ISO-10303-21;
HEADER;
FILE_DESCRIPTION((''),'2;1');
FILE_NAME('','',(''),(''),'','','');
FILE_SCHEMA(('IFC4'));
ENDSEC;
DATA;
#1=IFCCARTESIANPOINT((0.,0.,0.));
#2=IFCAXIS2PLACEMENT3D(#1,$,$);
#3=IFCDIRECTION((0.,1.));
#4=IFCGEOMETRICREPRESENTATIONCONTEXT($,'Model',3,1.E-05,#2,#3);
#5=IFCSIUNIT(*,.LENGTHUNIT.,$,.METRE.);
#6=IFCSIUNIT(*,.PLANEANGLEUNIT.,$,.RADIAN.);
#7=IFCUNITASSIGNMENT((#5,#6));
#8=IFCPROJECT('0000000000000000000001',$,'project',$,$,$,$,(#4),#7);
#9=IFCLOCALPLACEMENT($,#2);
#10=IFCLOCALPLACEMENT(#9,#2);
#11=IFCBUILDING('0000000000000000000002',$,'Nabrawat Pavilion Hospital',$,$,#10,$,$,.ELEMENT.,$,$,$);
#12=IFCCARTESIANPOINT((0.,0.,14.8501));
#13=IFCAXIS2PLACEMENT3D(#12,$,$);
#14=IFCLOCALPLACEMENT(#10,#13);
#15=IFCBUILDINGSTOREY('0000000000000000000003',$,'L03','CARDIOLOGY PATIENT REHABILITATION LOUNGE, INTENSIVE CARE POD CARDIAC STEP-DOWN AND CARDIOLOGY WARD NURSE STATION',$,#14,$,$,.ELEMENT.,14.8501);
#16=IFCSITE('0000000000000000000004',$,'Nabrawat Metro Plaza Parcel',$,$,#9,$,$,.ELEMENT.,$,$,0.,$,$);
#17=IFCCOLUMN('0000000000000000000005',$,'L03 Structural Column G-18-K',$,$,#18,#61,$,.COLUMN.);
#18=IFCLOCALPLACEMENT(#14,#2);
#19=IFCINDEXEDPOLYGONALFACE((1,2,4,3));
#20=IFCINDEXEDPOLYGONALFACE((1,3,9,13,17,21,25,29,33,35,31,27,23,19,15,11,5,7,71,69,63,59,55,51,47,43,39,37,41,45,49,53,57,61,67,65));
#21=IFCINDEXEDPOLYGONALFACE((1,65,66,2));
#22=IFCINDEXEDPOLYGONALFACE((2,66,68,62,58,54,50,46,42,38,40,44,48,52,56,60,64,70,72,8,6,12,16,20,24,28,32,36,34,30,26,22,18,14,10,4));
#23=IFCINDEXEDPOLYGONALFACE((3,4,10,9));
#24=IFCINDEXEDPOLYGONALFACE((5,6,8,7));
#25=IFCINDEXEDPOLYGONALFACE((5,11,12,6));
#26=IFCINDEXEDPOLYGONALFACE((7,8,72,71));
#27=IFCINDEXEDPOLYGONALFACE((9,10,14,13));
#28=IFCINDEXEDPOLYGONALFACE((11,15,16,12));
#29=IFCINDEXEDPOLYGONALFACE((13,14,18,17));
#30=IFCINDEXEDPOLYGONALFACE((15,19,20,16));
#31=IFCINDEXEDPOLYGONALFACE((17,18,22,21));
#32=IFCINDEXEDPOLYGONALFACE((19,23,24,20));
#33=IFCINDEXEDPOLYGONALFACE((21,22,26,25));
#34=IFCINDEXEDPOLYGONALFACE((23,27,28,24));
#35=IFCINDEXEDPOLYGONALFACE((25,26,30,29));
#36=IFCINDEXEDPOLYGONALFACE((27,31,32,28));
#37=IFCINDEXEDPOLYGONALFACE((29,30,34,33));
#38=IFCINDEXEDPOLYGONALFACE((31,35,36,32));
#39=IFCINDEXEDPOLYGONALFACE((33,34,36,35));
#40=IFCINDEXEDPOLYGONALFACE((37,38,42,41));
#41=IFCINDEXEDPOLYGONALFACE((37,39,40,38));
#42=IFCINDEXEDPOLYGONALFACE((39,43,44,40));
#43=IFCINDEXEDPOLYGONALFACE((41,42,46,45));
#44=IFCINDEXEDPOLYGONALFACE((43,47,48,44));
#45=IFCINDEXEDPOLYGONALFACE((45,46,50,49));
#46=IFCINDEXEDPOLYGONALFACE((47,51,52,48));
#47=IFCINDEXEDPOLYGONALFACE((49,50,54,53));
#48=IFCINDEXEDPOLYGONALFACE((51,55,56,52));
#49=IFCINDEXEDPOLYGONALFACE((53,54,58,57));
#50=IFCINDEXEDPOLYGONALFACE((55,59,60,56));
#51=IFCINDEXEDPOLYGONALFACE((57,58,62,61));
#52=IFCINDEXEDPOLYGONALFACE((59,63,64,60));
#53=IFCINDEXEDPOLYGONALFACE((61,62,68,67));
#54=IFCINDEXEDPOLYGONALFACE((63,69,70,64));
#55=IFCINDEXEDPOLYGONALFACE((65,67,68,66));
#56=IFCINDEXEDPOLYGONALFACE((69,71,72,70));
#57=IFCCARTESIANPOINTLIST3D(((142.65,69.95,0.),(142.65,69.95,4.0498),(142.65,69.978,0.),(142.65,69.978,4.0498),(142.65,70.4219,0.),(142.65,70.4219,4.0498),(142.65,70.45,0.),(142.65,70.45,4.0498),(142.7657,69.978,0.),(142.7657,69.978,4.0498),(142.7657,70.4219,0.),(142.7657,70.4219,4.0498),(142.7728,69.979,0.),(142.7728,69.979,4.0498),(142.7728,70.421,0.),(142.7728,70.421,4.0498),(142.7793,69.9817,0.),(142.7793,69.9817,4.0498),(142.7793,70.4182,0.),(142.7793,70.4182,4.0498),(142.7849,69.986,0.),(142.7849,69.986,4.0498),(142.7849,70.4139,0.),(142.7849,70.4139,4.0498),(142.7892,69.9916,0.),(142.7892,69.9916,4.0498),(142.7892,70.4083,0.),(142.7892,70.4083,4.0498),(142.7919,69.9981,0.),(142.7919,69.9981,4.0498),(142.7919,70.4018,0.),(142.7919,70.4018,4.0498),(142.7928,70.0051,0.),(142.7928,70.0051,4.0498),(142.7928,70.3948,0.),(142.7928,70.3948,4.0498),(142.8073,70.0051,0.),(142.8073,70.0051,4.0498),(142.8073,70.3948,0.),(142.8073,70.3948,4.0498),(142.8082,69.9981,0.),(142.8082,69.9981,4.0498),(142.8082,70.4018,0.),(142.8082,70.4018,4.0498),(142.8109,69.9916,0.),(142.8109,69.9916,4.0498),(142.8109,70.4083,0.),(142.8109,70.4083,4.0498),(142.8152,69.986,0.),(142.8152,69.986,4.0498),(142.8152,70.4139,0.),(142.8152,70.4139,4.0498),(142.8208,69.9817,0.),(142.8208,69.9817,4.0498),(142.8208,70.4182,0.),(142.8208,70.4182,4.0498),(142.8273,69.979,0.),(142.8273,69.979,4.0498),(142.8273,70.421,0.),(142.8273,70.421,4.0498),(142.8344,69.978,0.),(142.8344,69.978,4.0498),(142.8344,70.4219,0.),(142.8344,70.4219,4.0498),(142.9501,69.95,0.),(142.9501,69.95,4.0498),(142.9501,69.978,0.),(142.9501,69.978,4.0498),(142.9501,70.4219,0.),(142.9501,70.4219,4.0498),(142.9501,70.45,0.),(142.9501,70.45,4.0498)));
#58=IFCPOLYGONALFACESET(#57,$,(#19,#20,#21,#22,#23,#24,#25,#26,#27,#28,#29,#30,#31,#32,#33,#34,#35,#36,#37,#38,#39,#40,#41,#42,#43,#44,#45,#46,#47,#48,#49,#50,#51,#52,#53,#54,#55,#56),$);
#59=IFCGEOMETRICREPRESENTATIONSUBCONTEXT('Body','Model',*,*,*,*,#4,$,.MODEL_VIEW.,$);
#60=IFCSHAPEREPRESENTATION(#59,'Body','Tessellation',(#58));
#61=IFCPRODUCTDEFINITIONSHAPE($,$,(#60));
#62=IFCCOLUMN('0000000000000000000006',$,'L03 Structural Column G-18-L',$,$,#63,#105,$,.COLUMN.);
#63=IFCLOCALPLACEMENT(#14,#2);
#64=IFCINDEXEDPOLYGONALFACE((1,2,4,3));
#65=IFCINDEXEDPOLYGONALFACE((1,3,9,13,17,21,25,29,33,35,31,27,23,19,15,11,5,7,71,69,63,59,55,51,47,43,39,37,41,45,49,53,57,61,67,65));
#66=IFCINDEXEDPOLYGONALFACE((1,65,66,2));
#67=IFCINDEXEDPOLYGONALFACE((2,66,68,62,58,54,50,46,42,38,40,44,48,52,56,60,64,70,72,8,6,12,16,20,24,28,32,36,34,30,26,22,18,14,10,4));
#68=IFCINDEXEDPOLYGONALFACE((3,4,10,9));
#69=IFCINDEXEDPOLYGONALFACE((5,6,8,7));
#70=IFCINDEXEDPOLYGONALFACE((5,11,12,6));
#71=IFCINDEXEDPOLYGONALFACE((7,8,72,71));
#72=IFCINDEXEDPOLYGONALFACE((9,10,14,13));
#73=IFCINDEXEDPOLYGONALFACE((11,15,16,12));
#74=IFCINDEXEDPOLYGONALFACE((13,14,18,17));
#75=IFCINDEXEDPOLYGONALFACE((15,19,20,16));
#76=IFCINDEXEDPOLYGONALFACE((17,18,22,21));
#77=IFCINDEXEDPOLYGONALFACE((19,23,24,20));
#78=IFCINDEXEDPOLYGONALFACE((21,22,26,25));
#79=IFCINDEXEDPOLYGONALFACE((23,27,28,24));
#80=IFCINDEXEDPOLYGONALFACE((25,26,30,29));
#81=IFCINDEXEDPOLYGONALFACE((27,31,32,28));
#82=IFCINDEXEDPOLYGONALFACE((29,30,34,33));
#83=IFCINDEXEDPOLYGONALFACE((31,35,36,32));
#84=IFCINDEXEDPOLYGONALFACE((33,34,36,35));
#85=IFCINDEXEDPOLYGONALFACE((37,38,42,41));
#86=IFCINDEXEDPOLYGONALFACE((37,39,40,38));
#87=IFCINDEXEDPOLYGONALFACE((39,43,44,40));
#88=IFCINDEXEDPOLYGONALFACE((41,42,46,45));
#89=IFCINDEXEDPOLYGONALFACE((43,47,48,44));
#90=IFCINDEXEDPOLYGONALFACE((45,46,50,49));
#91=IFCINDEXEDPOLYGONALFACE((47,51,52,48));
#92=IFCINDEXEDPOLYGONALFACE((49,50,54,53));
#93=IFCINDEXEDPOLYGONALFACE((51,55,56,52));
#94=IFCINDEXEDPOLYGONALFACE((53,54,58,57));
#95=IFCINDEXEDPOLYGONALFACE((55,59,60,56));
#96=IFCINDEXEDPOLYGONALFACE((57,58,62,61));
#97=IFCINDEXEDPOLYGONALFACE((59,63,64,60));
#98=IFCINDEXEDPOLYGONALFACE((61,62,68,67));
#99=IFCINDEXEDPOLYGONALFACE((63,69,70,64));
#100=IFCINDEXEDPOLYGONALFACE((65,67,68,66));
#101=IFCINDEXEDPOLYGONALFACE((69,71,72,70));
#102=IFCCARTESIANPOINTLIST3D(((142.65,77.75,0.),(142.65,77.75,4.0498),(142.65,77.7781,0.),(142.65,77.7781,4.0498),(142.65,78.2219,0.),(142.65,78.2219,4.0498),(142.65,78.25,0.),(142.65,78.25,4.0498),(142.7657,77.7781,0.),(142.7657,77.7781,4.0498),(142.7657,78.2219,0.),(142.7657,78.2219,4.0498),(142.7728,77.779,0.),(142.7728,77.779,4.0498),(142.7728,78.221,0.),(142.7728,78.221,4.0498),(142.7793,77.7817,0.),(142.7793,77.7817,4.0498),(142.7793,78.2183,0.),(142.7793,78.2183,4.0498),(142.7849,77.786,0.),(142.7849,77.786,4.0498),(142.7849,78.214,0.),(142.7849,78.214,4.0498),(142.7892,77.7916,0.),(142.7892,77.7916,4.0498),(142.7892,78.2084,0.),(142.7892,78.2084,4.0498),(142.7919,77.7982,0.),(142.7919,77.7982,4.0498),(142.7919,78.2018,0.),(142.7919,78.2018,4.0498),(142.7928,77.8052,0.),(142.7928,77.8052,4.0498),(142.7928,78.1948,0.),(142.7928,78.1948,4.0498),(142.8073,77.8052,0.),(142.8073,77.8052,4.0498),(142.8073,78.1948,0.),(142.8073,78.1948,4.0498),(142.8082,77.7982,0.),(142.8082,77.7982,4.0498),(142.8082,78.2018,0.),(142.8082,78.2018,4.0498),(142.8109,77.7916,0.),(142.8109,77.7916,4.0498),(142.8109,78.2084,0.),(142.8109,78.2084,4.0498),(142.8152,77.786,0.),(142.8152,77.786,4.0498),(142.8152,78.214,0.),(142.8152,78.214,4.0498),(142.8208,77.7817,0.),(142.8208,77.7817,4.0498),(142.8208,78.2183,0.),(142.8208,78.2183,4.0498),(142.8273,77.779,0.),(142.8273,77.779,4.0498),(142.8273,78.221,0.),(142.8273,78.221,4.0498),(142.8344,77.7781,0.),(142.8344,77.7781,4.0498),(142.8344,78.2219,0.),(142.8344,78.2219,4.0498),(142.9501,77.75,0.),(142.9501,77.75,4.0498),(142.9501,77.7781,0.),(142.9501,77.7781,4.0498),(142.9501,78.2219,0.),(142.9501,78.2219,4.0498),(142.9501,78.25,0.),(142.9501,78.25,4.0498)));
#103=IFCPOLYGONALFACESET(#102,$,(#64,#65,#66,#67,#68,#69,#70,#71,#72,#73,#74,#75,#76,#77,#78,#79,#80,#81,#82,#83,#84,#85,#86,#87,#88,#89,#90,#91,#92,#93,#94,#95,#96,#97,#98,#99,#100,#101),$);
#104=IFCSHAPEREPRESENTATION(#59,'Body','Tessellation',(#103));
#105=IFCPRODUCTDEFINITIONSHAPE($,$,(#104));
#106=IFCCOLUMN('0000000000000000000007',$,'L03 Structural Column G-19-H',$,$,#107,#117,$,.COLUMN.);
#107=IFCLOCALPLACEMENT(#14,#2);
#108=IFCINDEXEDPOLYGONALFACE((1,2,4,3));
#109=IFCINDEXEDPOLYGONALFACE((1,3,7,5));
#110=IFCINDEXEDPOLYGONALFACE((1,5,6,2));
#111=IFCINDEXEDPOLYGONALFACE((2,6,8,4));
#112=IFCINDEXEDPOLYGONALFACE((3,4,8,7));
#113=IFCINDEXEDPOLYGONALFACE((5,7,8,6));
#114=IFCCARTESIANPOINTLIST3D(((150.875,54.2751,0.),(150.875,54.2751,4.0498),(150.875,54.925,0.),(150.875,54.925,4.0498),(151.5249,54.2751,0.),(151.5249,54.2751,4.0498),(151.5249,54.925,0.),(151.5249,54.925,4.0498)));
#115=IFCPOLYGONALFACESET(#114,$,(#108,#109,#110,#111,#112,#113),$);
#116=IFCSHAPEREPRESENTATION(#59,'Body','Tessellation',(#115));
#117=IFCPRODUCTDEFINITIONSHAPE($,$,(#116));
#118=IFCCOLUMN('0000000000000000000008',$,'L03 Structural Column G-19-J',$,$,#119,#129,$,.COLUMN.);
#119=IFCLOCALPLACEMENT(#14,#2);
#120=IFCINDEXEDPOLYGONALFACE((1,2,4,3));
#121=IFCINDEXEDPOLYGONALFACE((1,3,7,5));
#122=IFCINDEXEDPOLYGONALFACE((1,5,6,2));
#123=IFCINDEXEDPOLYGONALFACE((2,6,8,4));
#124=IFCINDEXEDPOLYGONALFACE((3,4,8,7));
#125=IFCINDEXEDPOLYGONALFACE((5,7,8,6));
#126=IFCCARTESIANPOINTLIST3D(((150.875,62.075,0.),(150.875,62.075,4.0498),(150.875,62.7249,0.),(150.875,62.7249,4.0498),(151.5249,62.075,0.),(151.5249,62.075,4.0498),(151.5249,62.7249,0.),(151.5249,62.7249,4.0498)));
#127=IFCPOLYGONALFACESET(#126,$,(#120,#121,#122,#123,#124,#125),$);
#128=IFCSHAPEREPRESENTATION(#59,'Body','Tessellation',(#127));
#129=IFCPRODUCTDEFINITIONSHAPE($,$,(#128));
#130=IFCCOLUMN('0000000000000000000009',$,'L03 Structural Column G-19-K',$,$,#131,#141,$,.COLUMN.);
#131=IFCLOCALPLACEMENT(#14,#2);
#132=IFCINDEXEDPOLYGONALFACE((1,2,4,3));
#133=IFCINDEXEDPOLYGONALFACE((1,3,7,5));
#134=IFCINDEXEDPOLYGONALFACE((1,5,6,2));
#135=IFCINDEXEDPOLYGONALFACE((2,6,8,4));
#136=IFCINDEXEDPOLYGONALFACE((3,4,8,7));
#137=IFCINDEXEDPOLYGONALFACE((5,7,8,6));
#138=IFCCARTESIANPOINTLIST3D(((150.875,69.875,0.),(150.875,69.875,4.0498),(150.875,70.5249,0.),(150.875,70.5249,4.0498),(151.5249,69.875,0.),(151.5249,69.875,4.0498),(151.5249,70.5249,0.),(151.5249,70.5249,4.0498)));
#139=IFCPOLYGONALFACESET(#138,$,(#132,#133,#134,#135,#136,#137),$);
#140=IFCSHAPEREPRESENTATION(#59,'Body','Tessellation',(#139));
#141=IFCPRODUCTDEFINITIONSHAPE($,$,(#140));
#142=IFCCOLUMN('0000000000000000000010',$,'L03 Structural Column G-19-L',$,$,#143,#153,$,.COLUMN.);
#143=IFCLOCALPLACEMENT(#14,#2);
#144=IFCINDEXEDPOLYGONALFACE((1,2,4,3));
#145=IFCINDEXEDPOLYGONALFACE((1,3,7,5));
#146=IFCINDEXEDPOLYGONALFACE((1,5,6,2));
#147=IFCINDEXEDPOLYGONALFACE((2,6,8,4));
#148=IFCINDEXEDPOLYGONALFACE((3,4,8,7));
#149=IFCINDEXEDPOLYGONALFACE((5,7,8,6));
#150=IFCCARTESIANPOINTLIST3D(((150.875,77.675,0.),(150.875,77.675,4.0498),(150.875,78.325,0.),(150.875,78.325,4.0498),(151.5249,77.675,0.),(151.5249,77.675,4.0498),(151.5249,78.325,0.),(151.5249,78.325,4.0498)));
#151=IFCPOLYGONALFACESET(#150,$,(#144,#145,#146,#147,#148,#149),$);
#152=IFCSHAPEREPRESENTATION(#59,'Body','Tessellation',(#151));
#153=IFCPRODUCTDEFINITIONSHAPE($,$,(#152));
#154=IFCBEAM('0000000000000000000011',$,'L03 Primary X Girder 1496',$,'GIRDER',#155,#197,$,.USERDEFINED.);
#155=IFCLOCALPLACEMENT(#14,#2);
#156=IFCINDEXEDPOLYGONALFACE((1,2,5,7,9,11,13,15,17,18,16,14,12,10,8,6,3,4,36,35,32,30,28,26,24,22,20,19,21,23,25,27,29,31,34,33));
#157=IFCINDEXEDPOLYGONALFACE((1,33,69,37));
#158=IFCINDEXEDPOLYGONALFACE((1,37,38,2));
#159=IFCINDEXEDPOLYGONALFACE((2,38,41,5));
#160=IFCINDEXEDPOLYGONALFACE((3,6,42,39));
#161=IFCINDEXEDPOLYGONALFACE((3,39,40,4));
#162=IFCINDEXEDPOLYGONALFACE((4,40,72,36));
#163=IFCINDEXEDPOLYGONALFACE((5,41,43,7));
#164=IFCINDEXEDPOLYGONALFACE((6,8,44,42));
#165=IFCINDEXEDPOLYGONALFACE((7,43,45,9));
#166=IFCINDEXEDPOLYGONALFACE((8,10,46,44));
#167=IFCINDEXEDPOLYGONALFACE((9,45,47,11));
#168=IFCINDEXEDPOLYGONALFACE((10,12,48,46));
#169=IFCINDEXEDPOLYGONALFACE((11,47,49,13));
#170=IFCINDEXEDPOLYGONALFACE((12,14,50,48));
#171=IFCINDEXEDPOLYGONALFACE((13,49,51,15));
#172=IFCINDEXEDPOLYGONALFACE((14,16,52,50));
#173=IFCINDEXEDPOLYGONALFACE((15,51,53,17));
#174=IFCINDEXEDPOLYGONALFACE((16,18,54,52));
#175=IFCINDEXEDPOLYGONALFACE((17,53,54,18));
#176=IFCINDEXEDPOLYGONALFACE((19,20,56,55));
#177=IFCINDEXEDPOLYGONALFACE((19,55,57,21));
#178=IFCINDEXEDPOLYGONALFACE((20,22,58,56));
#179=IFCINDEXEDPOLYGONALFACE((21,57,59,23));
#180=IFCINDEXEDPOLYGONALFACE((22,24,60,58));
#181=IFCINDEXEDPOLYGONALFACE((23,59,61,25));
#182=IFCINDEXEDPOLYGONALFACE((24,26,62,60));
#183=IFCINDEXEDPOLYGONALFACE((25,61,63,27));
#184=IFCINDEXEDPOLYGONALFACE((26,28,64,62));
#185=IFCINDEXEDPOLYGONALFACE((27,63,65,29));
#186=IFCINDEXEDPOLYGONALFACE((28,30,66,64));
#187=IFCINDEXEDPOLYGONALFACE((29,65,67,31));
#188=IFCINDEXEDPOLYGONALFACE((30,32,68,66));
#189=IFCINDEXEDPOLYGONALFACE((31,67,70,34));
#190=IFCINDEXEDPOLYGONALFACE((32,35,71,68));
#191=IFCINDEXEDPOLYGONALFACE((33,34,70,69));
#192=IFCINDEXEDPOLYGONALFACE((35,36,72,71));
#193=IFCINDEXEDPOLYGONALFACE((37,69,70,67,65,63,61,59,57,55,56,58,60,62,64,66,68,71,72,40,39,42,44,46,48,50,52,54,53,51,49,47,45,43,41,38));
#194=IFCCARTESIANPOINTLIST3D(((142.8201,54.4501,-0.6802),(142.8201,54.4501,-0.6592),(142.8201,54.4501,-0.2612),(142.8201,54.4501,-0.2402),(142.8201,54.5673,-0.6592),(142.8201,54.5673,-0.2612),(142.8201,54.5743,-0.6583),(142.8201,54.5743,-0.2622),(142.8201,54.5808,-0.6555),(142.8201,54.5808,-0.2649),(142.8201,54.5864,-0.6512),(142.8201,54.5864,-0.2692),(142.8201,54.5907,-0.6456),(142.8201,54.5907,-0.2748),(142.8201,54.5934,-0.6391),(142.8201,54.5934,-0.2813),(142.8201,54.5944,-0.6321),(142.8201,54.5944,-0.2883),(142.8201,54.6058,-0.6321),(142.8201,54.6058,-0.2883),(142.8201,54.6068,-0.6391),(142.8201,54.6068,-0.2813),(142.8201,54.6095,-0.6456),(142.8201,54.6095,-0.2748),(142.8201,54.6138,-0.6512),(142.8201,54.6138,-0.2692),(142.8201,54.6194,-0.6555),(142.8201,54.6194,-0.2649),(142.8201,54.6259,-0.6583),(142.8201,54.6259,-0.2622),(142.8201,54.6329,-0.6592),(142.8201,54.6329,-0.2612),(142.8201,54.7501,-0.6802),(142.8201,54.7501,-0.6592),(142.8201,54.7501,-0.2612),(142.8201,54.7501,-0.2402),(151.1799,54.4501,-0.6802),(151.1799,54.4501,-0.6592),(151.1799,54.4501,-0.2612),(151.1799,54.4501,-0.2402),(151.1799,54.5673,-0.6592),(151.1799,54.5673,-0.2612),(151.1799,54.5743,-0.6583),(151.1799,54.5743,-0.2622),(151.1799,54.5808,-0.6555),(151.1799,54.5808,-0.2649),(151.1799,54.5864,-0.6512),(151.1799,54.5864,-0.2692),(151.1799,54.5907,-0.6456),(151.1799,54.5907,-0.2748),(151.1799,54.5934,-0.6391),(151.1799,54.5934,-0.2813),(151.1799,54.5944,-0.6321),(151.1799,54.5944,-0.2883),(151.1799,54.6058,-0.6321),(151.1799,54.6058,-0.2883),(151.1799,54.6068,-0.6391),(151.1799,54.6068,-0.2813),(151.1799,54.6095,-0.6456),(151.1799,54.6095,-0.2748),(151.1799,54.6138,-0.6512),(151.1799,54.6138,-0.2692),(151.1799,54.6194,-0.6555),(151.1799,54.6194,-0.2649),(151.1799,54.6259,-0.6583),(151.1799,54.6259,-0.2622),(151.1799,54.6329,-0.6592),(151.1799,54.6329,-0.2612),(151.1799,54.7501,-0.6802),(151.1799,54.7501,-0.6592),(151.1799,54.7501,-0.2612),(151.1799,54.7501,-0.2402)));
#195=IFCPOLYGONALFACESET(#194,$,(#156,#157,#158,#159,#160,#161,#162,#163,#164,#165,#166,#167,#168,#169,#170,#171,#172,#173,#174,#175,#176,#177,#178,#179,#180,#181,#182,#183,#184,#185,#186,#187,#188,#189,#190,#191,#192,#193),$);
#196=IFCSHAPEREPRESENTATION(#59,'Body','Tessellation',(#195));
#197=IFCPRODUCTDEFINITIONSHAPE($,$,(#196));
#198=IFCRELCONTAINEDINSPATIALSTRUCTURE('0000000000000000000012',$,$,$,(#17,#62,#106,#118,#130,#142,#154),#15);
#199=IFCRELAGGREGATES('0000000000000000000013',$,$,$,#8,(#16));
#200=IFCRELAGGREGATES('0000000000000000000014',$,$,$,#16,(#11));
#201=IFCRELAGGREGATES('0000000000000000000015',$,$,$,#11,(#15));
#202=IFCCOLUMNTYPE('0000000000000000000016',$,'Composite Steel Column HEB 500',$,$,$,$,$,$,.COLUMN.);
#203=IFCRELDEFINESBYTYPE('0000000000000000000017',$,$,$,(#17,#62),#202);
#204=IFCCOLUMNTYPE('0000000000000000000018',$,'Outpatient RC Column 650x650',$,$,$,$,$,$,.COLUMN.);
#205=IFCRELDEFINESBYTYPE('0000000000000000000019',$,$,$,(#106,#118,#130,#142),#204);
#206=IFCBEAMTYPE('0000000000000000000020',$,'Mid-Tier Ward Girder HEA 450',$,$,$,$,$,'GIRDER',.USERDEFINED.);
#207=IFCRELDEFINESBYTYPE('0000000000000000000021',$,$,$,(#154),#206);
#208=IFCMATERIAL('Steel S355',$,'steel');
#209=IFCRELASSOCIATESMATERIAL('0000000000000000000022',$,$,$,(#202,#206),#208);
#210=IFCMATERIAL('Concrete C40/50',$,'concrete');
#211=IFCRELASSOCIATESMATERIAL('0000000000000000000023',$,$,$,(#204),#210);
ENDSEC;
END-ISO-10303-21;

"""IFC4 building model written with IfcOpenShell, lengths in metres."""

from ifc_helpers import new_model, si_unit, direction, frame, origin, origin_2d, place, context, subcontext, project, spatial, rectangle, i_section, extrude, material, material_profile, profile_set, type_object, element, save


model = new_model("IFC4")

# Units and contexts
model_context = context("Model", 3, precision=1e-05, world=origin(), true_north=direction((0.0, 1.0)))
body_context = subcontext(model_context, "Body", "Model", "MODEL_VIEW")
ifc_project = project(units=[si_unit("LENGTHUNIT", "METRE"), si_unit("PLANEANGLEUNIT", "RADIAN")], contexts=[model_context])

# Site, building, storey
site_placement = place(None, origin())
site = spatial("IfcSite", under=ifc_project, at=site_placement, Name="Nabrawat Metro Plaza Parcel", CompositionType="ELEMENT", RefElevation=0.0)
building_placement = place(site_placement, origin())
building = spatial("IfcBuilding", under=site, at=building_placement, Name="Nabrawat Pavilion Hospital", CompositionType="ELEMENT")
storey_placement = place(building_placement, frame((0.0, 0.0, 14.8501)))
storey = spatial("IfcBuildingStorey", under=building, at=storey_placement, Name="L03", Description="CARDIOLOGY PATIENT REHABILITATION LOUNGE, INTENSIVE CARE POD CARDIAC STEP-DOWN AND CARDIOLOGY WARD NURSE STATION", CompositionType="ELEMENT", Elevation=14.8501)

# Columns
ifc_material_1 = material(Name="Steel S355", Category="steel")
ifc_material_profile_1 = material_profile(ifc_material_1, i_section(OverallWidth=0.3, OverallDepth=0.5, WebThickness=0.0144, FlangeThickness=0.0281, FilletRadius=0.0271, at=origin_2d()), Name="HEB 500")
ifc_profile_set_1 = profile_set([ifc_material_profile_1], Name="Steel S355")
column_type_1 = type_object("IfcColumnType", Name="Composite Steel Column HEB 500", PredefinedType="COLUMN", material=ifc_profile_set_1)
for number, where, z_axis, x_axis, name in (
    (1, (142.8, 70.2, 0.0), (0.0, 0.0, 1.0), (1.0, 0.0, 0.0), "L03 Structural Column G-18-K"),
    (2, (142.8, 78.0, 0.0), (0.0, 0.0, 1.0), (1.0, 0.0, 0.0), "L03 Structural Column G-18-L"),
):
    element("IfcColumn", number, at=place(storey_placement, frame(where, z_axis=z_axis, x_axis=x_axis)), inside=storey, type_object=column_type_1, Name=name, PredefinedType="COLUMN", context=body_context, shape_type="SweptSolid", body=[
        extrude(i_section(OverallWidth=0.3, OverallDepth=0.5, WebThickness=0.0144, FlangeThickness=0.0281, FilletRadius=0.0271, at=origin_2d()), origin(), (0.0, 0.0, 1.0), 4.0498),
    ])
ifc_material_2 = material(Name="Concrete C40/50", Category="concrete")
ifc_material_profile_2 = material_profile(ifc_material_2, rectangle(XDim=0.6499, YDim=0.6499, at=origin_2d()), Name="RC 650x650")
ifc_profile_set_2 = profile_set([ifc_material_profile_2], Name="Concrete C40/50")
column_type_2 = type_object("IfcColumnType", Name="Outpatient RC Column 650x650", PredefinedType="COLUMN", material=ifc_profile_set_2)
for number, where, z_axis, x_axis, name in (
    (3, (151.2, 54.6001, 0.0), (0.0, 0.0, 1.0), (1.0, 0.0, 0.0), "L03 Structural Column G-19-H"),
    (4, (151.2, 62.3999, 0.0), (0.0, 0.0, 1.0), (1.0, 0.0, 0.0), "L03 Structural Column G-19-J"),
    (5, (151.2, 70.2, 0.0), (0.0, 0.0, 1.0), (1.0, 0.0, 0.0), "L03 Structural Column G-19-K"),
    (6, (151.2, 78.0, 0.0), (0.0, 0.0, 1.0), (1.0, 0.0, 0.0), "L03 Structural Column G-19-L"),
):
    element("IfcColumn", number, at=place(storey_placement, frame(where, z_axis=z_axis, x_axis=x_axis)), inside=storey, type_object=column_type_2, Name=name, PredefinedType="COLUMN", context=body_context, shape_type="SweptSolid", body=[
        extrude(rectangle(XDim=0.6499, YDim=0.6499, at=origin_2d()), origin(), (0.0, 0.0, 1.0), 4.0498),
    ])

# Beam
ifc_material_profile_3 = material_profile(ifc_material_1, i_section(OverallWidth=0.3, OverallDepth=0.4399, WebThickness=0.0115, FlangeThickness=0.021, FilletRadius=0.0271, at=origin_2d()), Name="HEA 450")
ifc_profile_set_3 = profile_set([ifc_material_profile_3], Name="Steel S355")
beam_type_1 = type_object("IfcBeamType", Name="Mid-Tier Ward Girder HEA 450", ElementType="GIRDER", PredefinedType="USERDEFINED", material=ifc_profile_set_3)
beam_1_placement = place(storey_placement, frame((142.8201, 54.6001, -0.4602), z_axis=(1.0, 0.0, 0.0), x_axis=(0.0, 1.0, 0.0)))
element("IfcBeam", 7, at=beam_1_placement, inside=storey, type_object=beam_type_1, Name="L03 Primary X Girder 1496", ObjectType="GIRDER", PredefinedType="USERDEFINED", context=body_context, shape_type="SweptSolid", body=[
    extrude(i_section(OverallWidth=0.3, OverallDepth=0.4399, WebThickness=0.0115, FlangeThickness=0.021, FilletRadius=0.0271, at=origin_2d()), origin(), (0.0, 0.0, 1.0), 8.3599),
])

save(model, "model.ifc")
